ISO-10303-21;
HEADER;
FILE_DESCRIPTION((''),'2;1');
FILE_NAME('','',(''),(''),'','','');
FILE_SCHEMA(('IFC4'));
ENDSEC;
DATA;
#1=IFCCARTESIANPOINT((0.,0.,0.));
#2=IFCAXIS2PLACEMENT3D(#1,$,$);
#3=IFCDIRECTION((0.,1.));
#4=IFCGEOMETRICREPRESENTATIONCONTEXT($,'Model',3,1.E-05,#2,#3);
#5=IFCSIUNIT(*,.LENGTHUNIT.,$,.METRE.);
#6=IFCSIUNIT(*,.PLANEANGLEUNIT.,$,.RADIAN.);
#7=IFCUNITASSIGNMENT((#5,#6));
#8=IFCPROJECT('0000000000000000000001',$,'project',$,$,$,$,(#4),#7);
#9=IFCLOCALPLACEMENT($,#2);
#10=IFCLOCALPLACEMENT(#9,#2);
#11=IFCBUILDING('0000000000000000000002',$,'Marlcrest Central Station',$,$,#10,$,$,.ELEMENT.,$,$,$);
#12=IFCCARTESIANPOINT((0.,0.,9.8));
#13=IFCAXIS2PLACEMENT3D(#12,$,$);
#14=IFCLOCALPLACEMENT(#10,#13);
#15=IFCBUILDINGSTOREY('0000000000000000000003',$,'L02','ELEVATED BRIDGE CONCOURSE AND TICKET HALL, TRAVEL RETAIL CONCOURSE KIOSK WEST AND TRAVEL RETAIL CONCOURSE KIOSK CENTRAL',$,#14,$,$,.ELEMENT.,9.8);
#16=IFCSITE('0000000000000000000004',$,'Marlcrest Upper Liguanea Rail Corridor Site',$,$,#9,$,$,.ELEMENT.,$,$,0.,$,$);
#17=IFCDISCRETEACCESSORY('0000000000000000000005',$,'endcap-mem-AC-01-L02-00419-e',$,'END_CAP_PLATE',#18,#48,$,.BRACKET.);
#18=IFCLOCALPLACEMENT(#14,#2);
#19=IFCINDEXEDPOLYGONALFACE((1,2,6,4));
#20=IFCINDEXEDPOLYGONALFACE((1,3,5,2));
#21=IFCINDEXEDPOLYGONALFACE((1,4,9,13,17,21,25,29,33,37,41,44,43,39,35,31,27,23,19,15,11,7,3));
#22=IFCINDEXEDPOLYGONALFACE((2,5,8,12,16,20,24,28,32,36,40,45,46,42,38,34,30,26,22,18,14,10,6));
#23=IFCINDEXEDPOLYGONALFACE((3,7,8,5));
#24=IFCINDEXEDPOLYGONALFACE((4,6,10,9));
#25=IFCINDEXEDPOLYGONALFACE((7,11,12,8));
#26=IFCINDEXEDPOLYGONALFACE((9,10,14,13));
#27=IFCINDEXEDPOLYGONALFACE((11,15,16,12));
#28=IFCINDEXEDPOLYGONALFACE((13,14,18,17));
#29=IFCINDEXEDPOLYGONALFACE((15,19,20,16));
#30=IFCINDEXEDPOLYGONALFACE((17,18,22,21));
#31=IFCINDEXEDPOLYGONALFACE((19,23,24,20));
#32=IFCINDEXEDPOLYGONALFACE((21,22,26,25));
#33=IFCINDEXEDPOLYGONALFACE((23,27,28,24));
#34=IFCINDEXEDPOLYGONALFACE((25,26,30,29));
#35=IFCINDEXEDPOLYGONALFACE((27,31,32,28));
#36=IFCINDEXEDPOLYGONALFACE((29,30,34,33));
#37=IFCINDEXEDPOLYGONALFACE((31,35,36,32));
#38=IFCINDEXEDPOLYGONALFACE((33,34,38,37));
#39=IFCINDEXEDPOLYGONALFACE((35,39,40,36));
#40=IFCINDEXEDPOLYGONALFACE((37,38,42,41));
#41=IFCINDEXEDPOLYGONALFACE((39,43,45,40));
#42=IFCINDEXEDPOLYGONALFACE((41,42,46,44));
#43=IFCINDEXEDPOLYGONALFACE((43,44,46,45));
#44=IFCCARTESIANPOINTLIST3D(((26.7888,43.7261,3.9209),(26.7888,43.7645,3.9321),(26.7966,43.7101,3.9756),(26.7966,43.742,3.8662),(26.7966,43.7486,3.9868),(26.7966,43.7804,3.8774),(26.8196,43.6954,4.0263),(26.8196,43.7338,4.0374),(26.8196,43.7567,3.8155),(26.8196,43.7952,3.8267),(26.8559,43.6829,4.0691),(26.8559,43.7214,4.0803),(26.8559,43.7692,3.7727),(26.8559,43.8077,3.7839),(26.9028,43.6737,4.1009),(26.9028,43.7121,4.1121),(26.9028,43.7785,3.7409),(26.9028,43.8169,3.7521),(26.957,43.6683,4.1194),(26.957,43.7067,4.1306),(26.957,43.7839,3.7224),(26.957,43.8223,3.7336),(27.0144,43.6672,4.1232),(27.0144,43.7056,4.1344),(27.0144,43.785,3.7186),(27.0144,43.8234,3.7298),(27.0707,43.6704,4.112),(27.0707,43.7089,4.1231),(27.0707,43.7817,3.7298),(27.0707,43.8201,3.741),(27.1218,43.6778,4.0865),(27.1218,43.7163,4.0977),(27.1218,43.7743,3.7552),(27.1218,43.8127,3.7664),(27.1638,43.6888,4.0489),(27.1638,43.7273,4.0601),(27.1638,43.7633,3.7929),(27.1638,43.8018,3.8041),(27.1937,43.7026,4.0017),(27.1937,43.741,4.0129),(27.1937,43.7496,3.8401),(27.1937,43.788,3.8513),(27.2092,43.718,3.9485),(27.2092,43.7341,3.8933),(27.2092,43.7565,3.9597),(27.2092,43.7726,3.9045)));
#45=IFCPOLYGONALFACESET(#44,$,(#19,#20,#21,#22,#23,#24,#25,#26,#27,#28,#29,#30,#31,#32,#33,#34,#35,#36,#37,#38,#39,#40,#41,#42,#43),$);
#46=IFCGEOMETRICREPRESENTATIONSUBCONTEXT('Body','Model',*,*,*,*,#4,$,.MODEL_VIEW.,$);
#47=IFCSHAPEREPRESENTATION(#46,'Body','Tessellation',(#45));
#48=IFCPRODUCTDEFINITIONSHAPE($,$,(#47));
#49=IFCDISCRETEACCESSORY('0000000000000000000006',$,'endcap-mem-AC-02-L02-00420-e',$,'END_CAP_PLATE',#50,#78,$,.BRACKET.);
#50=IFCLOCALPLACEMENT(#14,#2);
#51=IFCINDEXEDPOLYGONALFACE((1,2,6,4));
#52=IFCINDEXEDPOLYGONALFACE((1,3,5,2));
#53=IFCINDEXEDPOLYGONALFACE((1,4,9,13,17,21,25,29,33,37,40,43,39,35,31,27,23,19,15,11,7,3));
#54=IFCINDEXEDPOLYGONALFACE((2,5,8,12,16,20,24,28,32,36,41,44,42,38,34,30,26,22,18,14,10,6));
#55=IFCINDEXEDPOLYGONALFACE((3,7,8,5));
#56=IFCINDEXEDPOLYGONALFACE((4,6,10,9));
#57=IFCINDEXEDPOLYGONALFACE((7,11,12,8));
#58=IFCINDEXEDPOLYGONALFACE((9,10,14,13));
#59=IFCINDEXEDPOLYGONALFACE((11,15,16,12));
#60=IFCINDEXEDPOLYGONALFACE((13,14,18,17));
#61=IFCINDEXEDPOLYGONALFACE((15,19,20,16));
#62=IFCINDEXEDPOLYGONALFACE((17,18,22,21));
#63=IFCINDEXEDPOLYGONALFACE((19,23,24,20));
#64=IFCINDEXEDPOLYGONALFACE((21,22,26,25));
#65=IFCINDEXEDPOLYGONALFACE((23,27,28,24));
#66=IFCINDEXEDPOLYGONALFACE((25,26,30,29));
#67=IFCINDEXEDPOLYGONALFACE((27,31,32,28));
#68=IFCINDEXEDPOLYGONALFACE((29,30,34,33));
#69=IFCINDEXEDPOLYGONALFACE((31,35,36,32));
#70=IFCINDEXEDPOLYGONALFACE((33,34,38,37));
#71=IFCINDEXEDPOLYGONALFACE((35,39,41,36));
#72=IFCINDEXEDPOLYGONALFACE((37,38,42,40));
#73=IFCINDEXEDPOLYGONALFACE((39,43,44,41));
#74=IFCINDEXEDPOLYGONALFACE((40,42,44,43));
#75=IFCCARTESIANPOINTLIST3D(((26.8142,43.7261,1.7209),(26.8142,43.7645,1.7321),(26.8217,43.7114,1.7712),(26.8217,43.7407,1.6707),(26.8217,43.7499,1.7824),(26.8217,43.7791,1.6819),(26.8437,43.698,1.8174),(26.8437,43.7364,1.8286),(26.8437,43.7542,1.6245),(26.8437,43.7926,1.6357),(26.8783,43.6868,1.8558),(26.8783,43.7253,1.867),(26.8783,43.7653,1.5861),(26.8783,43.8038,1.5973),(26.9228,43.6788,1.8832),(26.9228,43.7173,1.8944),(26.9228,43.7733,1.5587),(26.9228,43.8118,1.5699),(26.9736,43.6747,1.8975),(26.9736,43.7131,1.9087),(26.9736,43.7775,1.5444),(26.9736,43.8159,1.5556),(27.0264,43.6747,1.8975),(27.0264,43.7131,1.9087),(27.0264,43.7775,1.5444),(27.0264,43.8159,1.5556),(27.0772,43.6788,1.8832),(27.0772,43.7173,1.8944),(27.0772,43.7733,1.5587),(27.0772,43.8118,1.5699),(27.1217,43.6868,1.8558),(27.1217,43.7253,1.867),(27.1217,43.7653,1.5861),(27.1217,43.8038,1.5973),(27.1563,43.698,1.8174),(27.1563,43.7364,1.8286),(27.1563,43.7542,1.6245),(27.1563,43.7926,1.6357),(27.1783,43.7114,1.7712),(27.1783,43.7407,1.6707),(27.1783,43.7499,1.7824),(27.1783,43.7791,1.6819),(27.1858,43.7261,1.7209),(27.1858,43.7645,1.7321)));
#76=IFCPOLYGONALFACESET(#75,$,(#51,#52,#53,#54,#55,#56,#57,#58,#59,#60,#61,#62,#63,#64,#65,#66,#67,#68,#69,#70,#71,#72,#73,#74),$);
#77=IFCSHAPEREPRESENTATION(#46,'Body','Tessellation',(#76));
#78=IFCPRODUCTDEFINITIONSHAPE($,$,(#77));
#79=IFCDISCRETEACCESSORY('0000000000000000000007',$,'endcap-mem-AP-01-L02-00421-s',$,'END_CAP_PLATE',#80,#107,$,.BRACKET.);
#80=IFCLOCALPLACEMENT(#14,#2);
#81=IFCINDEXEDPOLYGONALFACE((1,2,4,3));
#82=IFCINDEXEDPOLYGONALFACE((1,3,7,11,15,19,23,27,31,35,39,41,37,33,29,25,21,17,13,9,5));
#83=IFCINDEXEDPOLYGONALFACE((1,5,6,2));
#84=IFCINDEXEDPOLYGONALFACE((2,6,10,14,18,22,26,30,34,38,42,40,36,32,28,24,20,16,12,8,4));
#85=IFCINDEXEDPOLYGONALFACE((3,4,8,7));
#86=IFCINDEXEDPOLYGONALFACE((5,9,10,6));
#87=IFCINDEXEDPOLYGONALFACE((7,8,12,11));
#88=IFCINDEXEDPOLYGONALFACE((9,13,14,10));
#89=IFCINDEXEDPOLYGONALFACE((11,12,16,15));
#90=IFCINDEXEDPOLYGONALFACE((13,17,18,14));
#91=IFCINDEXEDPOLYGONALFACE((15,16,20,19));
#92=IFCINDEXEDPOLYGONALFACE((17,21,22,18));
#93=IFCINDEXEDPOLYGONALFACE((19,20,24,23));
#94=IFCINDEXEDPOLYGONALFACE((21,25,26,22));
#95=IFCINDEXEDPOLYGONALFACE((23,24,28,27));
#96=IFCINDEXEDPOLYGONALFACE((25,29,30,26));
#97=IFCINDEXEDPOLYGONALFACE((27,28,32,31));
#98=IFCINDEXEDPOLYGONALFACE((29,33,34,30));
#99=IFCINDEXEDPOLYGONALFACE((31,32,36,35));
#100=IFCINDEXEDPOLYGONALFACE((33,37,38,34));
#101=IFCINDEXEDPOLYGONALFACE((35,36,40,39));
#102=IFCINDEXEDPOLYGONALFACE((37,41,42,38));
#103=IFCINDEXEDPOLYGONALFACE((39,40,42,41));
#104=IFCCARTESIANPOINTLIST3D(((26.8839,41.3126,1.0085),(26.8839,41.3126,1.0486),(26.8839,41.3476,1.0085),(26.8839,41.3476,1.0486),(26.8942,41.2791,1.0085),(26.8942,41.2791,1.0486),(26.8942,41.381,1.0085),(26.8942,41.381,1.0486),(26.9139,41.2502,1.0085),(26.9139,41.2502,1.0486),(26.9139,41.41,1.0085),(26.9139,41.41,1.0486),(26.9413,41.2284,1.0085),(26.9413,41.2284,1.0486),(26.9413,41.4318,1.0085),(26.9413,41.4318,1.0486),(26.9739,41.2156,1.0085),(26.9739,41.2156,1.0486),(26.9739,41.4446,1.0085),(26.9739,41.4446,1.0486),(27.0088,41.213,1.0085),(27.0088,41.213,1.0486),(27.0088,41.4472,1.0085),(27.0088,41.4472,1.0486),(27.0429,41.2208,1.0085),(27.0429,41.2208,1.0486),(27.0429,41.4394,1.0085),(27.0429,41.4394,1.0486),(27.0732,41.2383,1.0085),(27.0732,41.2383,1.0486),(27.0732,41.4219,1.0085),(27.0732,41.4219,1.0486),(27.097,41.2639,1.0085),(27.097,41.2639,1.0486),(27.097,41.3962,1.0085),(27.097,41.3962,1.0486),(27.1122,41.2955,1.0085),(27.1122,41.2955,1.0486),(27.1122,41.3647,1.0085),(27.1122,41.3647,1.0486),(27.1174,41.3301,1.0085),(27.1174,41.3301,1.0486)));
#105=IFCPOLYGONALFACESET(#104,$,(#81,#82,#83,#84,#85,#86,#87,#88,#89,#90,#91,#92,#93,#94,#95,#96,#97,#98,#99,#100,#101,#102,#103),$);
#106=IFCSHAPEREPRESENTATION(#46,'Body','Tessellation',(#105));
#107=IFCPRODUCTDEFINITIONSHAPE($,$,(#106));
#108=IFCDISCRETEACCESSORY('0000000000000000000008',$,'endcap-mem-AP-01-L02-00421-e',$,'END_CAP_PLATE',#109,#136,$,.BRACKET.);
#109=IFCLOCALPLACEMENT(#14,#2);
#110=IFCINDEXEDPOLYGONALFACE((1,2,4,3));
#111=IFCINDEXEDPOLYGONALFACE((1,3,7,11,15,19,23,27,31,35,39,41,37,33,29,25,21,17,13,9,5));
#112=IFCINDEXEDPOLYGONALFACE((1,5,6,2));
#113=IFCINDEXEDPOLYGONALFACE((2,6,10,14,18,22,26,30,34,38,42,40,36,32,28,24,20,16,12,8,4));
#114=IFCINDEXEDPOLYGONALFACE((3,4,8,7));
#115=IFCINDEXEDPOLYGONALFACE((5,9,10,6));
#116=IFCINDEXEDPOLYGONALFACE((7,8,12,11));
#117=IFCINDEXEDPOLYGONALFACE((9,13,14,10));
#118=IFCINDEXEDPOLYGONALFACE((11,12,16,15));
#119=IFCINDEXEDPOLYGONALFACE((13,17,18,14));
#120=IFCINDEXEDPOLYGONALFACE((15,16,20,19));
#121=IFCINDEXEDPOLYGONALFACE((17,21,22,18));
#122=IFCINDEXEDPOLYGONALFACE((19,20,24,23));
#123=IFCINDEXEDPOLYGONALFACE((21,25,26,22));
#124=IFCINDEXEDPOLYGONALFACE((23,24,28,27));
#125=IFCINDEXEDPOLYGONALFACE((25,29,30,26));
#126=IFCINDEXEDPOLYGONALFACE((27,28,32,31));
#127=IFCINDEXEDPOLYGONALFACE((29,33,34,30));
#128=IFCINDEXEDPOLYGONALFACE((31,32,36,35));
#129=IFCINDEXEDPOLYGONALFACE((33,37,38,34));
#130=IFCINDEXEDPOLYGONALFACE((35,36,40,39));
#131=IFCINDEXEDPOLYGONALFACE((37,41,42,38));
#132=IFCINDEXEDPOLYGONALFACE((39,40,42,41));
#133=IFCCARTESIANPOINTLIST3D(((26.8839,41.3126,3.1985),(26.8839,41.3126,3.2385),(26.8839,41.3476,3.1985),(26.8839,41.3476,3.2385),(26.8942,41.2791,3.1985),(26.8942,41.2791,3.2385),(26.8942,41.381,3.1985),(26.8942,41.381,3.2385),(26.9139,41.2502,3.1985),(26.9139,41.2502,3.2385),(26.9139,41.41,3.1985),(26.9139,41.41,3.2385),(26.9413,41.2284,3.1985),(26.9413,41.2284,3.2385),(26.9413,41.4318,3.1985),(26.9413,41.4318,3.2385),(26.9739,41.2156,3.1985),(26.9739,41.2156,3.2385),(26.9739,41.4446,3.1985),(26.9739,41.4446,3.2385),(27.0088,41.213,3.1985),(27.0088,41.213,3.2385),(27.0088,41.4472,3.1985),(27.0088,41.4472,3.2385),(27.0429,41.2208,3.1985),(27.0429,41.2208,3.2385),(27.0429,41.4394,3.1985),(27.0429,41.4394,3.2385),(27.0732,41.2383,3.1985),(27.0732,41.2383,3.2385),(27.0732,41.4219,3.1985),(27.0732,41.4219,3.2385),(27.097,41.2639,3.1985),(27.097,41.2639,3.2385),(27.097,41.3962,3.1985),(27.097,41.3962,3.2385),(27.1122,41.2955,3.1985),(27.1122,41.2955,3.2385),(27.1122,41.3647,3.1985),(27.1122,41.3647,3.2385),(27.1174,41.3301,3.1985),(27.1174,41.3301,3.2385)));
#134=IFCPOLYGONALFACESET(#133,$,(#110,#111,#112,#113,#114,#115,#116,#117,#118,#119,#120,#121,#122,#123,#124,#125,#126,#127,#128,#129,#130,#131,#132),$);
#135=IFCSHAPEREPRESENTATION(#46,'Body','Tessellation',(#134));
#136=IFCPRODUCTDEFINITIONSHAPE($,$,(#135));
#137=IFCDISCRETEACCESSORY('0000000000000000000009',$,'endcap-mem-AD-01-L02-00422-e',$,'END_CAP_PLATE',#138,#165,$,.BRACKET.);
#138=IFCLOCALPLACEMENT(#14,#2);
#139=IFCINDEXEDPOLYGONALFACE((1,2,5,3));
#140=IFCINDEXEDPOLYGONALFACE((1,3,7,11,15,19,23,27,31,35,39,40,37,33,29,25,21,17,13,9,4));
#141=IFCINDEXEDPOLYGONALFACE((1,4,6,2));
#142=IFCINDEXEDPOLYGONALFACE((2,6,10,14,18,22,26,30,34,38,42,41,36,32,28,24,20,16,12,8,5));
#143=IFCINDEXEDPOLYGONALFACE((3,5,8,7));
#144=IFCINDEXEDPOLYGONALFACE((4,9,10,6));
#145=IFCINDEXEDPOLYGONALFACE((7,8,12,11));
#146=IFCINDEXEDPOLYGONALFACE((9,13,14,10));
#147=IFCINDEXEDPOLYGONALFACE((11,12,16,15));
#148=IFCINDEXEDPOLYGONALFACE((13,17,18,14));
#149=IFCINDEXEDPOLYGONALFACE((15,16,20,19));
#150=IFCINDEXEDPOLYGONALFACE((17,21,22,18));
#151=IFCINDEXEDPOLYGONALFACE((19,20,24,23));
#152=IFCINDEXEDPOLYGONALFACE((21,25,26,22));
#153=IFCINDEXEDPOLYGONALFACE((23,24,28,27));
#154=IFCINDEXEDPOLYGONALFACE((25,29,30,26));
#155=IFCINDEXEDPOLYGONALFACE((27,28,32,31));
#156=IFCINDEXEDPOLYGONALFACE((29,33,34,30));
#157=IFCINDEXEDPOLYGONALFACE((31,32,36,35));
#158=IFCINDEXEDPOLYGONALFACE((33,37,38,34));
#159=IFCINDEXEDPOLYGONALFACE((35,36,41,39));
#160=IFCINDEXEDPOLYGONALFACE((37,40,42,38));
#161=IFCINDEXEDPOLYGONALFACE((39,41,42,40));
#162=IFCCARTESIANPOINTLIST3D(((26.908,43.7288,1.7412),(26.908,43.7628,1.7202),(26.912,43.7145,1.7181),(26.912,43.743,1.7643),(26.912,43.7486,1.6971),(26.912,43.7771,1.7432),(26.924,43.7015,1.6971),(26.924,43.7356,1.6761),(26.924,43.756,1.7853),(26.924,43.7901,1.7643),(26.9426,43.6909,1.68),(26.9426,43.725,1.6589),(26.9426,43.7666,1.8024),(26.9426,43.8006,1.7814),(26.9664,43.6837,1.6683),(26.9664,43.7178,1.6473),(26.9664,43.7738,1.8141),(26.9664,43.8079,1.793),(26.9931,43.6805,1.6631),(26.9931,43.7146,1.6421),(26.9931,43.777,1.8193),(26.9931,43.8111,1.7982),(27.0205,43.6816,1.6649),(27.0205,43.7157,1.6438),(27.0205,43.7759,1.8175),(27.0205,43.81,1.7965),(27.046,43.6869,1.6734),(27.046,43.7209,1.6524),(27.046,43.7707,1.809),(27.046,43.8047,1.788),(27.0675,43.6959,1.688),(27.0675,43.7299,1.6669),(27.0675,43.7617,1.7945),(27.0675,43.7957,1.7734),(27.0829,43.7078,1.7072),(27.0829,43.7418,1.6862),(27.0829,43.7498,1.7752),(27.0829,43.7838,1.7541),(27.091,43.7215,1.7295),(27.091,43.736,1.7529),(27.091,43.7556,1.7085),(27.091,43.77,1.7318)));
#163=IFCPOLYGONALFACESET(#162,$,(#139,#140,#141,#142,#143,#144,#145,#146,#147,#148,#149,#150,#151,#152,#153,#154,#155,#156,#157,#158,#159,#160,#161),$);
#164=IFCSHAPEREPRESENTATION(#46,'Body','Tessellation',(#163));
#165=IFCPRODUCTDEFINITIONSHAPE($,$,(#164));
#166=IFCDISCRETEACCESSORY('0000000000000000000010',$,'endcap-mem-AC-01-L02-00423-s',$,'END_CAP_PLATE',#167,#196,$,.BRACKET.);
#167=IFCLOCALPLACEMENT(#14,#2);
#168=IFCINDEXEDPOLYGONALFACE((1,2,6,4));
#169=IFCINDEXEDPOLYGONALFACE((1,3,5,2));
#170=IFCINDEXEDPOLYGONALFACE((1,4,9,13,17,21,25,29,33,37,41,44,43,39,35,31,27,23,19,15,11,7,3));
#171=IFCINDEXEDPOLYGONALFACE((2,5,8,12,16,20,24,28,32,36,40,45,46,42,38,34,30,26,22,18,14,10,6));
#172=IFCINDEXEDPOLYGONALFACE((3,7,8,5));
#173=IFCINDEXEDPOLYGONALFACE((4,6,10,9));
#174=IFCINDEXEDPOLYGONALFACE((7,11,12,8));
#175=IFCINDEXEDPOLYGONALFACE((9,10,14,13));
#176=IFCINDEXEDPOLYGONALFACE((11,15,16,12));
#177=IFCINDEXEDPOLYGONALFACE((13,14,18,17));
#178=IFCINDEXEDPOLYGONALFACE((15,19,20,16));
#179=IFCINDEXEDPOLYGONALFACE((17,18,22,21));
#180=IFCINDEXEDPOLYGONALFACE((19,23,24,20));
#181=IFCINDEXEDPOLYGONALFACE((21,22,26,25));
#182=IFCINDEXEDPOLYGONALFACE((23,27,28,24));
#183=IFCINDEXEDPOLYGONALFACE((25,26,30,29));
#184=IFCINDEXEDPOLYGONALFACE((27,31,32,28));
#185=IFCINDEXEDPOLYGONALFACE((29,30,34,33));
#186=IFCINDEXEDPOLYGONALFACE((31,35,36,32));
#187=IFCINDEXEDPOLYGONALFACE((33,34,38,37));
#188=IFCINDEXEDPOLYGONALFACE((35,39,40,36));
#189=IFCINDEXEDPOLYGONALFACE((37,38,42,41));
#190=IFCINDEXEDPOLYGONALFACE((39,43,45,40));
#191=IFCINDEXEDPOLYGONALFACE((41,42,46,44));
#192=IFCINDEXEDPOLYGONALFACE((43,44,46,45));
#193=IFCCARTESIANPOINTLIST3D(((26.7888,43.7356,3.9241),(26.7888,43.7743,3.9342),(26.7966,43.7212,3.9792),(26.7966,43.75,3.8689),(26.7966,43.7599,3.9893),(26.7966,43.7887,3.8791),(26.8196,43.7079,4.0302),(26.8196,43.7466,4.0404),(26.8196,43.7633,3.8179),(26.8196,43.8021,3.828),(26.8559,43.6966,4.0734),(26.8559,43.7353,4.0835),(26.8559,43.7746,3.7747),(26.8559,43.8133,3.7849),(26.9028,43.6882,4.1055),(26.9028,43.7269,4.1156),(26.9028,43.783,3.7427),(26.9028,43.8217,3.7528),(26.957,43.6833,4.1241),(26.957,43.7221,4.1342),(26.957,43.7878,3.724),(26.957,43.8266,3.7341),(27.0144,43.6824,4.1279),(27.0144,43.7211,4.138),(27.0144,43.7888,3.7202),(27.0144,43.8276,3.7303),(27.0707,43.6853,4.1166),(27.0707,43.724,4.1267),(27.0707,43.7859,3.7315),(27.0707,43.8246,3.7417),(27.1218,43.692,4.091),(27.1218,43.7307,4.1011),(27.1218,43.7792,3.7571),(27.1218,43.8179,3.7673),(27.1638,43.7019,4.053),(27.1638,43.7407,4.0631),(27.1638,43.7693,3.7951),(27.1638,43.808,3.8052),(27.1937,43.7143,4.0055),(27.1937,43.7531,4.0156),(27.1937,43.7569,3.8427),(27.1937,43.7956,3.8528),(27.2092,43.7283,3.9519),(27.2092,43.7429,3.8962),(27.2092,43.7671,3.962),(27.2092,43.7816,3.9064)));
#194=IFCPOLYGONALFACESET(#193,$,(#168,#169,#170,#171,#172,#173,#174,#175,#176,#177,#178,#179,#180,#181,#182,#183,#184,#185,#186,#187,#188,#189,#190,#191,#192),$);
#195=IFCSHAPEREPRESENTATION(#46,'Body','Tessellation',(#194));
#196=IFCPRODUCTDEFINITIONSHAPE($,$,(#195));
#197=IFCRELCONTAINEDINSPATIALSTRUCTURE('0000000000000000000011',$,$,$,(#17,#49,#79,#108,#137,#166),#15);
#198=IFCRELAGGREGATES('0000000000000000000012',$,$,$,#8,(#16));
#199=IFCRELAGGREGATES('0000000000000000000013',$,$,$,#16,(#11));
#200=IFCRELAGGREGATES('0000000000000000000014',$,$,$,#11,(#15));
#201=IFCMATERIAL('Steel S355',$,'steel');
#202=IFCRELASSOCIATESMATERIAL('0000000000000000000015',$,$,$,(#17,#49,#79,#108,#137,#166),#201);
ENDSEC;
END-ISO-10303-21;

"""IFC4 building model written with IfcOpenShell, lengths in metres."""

from ifc_helpers import new_model, si_unit, direction, frame, origin, origin_2d, place, context, subcontext, project, spatial, circle, extrude, material, element, save


model = new_model("IFC4")

# Units and contexts
model_context = context("Model", 3, precision=1e-05, world=origin(), true_north=direction((0.0, 1.0)))
body_context = subcontext(model_context, "Body", "Model", "MODEL_VIEW")
ifc_project = project(units=[si_unit("LENGTHUNIT", "METRE"), si_unit("PLANEANGLEUNIT", "RADIAN")], contexts=[model_context])

# Site, building, storey
site_placement = place(None, origin())
site = spatial("IfcSite", under=ifc_project, at=site_placement, Name="Marlcrest Upper Liguanea Rail Corridor Site", CompositionType="ELEMENT", RefElevation=0.0)
building_placement = place(site_placement, origin())
building = spatial("IfcBuilding", under=site, at=building_placement, Name="Marlcrest Central Station", CompositionType="ELEMENT")
storey_placement = place(building_placement, frame((0.0, 0.0, 9.8)))
storey = spatial("IfcBuildingStorey", under=building, at=storey_placement, Name="L02", Description="ELEVATED BRIDGE CONCOURSE AND TICKET HALL, TRAVEL RETAIL CONCOURSE KIOSK WEST AND TRAVEL RETAIL CONCOURSE KIOSK CENTRAL", CompositionType="ELEMENT", Elevation=9.8)

# Shared definitions
ifc_material_1 = material(Name="Steel S355", Category="steel")

# Discrete accessories
discrete_accessory_1_placement = place(storey_placement, frame((27.0, 43.7261, 3.9209), z_axis=(0.0, 0.96013, 0.279554), x_axis=(-1.0, 0.0, 0.0)))
element("IfcDiscreteAccessory", 1, at=discrete_accessory_1_placement, inside=storey, material=ifc_material_1, Name="endcap-mem-AC-01-L02-00419-e", ObjectType="END_CAP_PLATE", PredefinedType="BRACKET", context=body_context, shape_type="SweptSolid", body=[
    extrude(circle(Radius=0.2112, at=origin_2d()), origin(), (0.0, 0.0, 1.0), 0.04),
])
discrete_accessory_2_placement = place(storey_placement, frame((27.0, 43.7261, 1.7209), z_axis=(0.0, 0.96013, 0.279554), x_axis=(-1.0, 0.0, 0.0)))
element("IfcDiscreteAccessory", 2, at=discrete_accessory_2_placement, inside=storey, material=ifc_material_1, Name="endcap-mem-AC-02-L02-00420-e", ObjectType="END_CAP_PLATE", PredefinedType="BRACKET", context=body_context, shape_type="SweptSolid", body=[
    extrude(circle(Radius=0.1858, at=origin_2d()), origin(), (0.0, 0.0, 1.0), 0.04),
])
for number, where, z_axis, x_axis, name in (
    (3, (27.0, 41.3301, 1.0085), (0.0, 0.0, 1.0), (1.0, 0.0, 0.0), "endcap-mem-AP-01-L02-00421-s"),
    (4, (27.0, 41.3301, 3.1985), (0.0, 0.0, 1.0), (1.0, 0.0, 0.0), "endcap-mem-AP-01-L02-00421-e"),
):
    element("IfcDiscreteAccessory", number, at=place(storey_placement, frame(where, z_axis=z_axis, x_axis=x_axis)), inside=storey, material=ifc_material_1, Name=name, ObjectType="END_CAP_PLATE", PredefinedType="BRACKET", context=body_context, shape_type="SweptSolid", body=[
        extrude(circle(Radius=0.1174, at=origin_2d()), origin(), (0.0, 0.0, 1.0), 0.04),
    ])
discrete_accessory_3_placement = place(storey_placement, frame((27.0, 43.7288, 1.7412), z_axis=(0.0, 0.850687, -0.525672), x_axis=(-1.0, 0.0, 0.0)))
element("IfcDiscreteAccessory", 5, at=discrete_accessory_3_placement, inside=storey, material=ifc_material_1, Name="endcap-mem-AD-01-L02-00422-e", ObjectType="END_CAP_PLATE", PredefinedType="BRACKET", context=body_context, shape_type="SweptSolid", body=[
    extrude(circle(Radius=0.092, at=origin_2d()), origin(), (0.0, 0.0, 1.0), 0.04),
])
for number, where, z_axis, x_axis, name in (
    (6, (27.0, 43.7356, 3.9241), (0.0, 0.967539, 0.25272), (-1.0, 0.0, 0.0), "endcap-mem-AC-01-L02-00423-s"),
):
    element("IfcDiscreteAccessory", number, at=place(storey_placement, frame(where, z_axis=z_axis, x_axis=x_axis)), inside=storey, material=ifc_material_1, Name=name, ObjectType="END_CAP_PLATE", PredefinedType="BRACKET", context=body_context, shape_type="SweptSolid", body=[
        extrude(circle(Radius=0.2112, at=origin_2d()), origin(), (0.0, 0.0, 1.0), 0.04),
    ])

save(model, "model.ifc")
